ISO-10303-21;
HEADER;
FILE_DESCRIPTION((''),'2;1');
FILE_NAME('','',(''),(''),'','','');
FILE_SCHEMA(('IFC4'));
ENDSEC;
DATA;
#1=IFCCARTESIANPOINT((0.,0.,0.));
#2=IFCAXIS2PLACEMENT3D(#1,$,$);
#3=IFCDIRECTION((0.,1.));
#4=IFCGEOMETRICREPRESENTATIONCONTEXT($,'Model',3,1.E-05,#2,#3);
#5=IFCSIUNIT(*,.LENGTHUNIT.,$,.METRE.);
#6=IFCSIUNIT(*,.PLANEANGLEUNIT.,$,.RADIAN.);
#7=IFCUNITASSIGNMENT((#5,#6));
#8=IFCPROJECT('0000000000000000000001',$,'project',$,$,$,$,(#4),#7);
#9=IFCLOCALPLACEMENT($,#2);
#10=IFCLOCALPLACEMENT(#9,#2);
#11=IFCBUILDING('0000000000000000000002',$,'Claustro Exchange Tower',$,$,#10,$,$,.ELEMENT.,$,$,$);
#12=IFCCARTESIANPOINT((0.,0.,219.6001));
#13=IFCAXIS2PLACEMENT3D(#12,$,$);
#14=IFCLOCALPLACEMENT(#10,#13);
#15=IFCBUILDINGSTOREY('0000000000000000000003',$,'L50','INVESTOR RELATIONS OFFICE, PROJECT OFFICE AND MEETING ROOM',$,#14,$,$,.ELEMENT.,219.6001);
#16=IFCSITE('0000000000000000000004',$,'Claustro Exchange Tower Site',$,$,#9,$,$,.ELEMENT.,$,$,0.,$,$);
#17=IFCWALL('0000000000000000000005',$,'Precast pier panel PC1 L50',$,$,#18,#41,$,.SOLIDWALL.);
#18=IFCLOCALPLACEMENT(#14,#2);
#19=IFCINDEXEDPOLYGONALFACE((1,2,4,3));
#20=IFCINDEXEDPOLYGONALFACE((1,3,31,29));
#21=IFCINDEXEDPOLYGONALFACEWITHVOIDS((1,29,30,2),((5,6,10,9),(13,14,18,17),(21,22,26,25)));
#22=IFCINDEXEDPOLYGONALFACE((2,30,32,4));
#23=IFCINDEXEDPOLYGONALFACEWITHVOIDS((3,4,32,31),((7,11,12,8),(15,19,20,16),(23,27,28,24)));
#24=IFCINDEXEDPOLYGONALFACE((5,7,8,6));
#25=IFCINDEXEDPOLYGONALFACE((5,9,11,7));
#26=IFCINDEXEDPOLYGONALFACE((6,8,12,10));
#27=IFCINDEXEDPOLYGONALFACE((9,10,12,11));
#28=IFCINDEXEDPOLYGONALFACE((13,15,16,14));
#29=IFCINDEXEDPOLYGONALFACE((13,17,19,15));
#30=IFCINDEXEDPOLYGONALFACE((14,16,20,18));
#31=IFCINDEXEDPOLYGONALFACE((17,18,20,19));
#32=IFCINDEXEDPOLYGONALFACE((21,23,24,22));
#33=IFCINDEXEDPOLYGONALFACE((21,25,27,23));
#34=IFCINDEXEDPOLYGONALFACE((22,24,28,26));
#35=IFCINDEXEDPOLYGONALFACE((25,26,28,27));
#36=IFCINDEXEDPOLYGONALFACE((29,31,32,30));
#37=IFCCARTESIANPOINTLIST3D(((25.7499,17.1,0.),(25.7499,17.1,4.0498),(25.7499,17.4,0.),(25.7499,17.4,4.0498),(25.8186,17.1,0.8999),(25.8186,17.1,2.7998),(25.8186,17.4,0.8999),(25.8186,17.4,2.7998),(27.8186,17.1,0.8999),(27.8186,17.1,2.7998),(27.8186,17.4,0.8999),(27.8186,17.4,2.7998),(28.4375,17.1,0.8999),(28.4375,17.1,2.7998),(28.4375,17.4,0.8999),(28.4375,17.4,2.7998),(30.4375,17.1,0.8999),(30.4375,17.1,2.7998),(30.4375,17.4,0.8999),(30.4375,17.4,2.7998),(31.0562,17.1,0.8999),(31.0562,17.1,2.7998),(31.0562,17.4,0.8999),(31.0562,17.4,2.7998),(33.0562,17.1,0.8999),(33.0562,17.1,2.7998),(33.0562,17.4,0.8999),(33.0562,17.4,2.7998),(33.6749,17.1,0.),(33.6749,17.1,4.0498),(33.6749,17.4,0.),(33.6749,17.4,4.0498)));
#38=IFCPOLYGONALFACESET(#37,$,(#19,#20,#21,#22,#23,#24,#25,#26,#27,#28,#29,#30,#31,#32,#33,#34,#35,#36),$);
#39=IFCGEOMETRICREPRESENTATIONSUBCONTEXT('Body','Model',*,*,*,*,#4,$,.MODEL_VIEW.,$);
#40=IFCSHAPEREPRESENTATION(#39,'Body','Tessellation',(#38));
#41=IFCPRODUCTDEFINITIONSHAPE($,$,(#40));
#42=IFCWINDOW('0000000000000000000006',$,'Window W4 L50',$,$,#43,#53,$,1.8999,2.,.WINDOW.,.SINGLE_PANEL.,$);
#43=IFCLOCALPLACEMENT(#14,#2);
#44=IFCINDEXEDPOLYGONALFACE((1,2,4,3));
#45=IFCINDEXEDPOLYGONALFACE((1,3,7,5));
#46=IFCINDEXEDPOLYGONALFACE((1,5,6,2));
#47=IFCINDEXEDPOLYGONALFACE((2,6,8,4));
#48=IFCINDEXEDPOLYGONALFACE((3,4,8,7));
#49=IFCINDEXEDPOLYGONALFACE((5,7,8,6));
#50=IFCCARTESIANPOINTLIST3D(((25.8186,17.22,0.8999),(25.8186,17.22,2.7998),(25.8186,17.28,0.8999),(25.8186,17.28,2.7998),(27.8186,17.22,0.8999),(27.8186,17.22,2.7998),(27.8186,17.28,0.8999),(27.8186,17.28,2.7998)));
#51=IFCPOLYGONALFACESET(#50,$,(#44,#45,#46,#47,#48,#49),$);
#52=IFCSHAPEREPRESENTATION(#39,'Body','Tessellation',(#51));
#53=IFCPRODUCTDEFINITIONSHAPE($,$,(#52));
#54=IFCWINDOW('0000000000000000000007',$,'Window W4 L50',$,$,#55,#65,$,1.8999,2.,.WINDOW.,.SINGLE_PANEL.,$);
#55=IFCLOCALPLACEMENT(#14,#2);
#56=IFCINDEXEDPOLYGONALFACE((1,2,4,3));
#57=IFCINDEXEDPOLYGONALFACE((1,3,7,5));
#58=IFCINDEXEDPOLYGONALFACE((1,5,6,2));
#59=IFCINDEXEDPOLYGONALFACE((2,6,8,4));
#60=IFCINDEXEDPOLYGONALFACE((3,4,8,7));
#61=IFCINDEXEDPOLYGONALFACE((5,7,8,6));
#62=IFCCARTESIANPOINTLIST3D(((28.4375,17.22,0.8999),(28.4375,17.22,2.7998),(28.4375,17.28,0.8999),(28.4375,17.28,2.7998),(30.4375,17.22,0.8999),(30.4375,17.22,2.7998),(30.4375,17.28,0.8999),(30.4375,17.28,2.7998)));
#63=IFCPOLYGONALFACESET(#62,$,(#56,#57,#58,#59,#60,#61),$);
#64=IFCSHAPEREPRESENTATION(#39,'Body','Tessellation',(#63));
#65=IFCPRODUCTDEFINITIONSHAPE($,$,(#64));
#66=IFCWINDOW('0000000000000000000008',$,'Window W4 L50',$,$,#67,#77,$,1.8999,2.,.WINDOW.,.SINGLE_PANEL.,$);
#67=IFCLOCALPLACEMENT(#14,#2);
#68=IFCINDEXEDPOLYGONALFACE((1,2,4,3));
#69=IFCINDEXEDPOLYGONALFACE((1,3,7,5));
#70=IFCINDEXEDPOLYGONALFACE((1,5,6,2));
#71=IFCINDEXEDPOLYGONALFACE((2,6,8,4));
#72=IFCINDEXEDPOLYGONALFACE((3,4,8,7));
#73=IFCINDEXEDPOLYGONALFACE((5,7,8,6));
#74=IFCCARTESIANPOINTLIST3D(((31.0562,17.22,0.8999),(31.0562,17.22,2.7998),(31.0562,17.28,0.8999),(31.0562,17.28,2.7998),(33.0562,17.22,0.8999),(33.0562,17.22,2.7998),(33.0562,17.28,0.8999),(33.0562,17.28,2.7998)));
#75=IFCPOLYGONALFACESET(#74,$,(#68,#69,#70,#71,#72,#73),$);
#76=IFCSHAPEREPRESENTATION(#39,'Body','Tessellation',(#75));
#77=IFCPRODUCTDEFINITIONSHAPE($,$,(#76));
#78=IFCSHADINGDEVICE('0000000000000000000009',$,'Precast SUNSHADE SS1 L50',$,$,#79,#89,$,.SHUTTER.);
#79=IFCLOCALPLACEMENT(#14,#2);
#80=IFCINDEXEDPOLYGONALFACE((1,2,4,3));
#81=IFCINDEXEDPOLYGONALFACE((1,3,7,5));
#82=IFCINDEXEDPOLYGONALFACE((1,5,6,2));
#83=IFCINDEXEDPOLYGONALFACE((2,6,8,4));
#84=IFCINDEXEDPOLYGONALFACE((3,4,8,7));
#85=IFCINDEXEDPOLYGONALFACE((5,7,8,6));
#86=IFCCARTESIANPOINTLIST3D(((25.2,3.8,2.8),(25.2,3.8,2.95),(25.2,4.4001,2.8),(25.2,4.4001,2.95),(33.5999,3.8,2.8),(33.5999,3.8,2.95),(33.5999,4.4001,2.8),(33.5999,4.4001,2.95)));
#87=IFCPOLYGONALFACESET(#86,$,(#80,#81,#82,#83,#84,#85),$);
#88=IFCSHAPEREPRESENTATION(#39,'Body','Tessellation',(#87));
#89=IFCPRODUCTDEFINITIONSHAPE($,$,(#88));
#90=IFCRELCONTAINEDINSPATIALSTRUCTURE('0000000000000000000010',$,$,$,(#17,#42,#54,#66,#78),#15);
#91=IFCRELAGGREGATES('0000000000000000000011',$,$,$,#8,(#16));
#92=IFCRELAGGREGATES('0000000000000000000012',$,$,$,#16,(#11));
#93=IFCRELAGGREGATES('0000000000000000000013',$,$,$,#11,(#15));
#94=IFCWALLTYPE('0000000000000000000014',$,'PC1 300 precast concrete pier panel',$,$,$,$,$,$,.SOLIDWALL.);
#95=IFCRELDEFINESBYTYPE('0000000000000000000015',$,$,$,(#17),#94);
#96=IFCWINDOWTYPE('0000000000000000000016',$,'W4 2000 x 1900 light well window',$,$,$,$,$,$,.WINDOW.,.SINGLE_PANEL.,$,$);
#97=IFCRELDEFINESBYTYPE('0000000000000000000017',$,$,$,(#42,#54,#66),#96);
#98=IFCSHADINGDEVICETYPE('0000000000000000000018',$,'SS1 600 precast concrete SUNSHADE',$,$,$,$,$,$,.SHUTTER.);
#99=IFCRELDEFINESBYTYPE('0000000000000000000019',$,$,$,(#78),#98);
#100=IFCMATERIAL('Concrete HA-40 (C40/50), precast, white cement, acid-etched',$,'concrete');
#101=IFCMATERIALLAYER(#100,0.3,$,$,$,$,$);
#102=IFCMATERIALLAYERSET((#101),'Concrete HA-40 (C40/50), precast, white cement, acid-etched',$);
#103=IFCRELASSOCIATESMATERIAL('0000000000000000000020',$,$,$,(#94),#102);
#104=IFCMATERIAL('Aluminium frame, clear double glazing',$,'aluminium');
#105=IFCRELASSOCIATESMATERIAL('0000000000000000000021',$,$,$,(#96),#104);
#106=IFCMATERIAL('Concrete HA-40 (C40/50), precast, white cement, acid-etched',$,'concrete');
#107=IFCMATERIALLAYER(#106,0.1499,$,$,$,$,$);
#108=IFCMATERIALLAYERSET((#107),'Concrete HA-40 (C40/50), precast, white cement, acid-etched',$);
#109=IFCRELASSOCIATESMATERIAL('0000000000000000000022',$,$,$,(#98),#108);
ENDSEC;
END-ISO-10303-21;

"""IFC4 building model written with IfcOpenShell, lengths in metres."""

from ifc_helpers import new_model, si_unit, direction, frame, frame_2d, origin, origin_2d, place, context, subcontext, project, spatial, rectangle, extrude, material, layer, layer_set, type_object, element, fill, save


model = new_model("IFC4")

# Units and contexts
model_context = context("Model", 3, precision=1e-05, world=origin(), true_north=direction((0.0, 1.0)))
body_context = subcontext(model_context, "Body", "Model", "MODEL_VIEW")
ifc_project = project(units=[si_unit("LENGTHUNIT", "METRE"), si_unit("PLANEANGLEUNIT", "RADIAN")], contexts=[model_context])

# Site, building, storey
site_placement = place(None, origin())
site = spatial("IfcSite", under=ifc_project, at=site_placement, Name="Claustro Exchange Tower Site", CompositionType="ELEMENT", RefElevation=0.0)
building_placement = place(site_placement, origin())
building = spatial("IfcBuilding", under=site, at=building_placement, Name="Claustro Exchange Tower", CompositionType="ELEMENT")
storey_placement = place(building_placement, frame((0.0, 0.0, 219.6001)))
storey = spatial("IfcBuildingStorey", under=building, at=storey_placement, Name="L50", Description="INVESTOR RELATIONS OFFICE, PROJECT OFFICE AND MEETING ROOM", CompositionType="ELEMENT", Elevation=219.6001)

# Wall, openings, windows
ifc_material_1 = material(Name="Concrete HA-40 (C40/50), precast, white cement, acid-etched", Category="concrete")
ifc_layer_1 = layer(ifc_material_1, 0.3)
ifc_layer_set_1 = layer_set([ifc_layer_1], Name="Concrete HA-40 (C40/50), precast, white cement, acid-etched")
wall_type_1 = type_object("IfcWallType", Name="PC1 300 precast concrete pier panel", PredefinedType="SOLIDWALL", material=ifc_layer_set_1)
ifc_material_2 = material(Name="Aluminium frame, clear double glazing", Category="aluminium")
window_type_1 = type_object("IfcWindowType", Name="W4 2000 x 1900 light well window", PartitioningType="SINGLE_PANEL", PredefinedType="WINDOW", material=ifc_material_2)
wall_1_placement = place(storey_placement, frame((25.75, 17.25, 0.0), z_axis=(0.0, 0.0, 1.0), x_axis=(1.0, 0.0, 0.0)))
wall_1 = element("IfcWall", 1, at=wall_1_placement, inside=storey, type_object=wall_type_1, Name="Precast pier panel PC1 L50", PredefinedType="SOLIDWALL", context=body_context, shape_type="SweptSolid", body=[
    extrude(rectangle(XDim=7.925, YDim=0.3, at=frame_2d((3.9624, 0.0))), origin(), (0.0, 0.0, 1.0), 4.0498),
])
opening_1_placement = place(wall_1_placement, frame((0.0686, 0.0, 0.8999)))
opening_1 = element("IfcOpeningElement", 2, at=opening_1_placement, cuts=wall_1, PredefinedType="OPENING", context=body_context, shape_type="SweptSolid", body=[
    extrude(rectangle(XDim=2.0, YDim=1.8999, at=frame_2d((1.0, 0.95))), frame((0.0, 0.1599, 0.0), z_axis=(0.0, -1.0, 0.0), x_axis=(1.0, 0.0, 0.0)), (0.0, 0.0, 1.0), 0.3201),
])
opening_2_placement = place(wall_1_placement, frame((2.6875, 0.0, 0.8999)))
opening_2 = element("IfcOpeningElement", 3, at=opening_2_placement, cuts=wall_1, PredefinedType="OPENING", context=body_context, shape_type="SweptSolid", body=[
    extrude(rectangle(XDim=2.0, YDim=1.8999, at=frame_2d((1.0, 0.95))), frame((0.0, 0.1599, 0.0), z_axis=(0.0, -1.0, 0.0), x_axis=(1.0, 0.0, 0.0)), (0.0, 0.0, 1.0), 0.3201),
])
opening_3_placement = place(wall_1_placement, frame((5.3062, 0.0, 0.8999)))
opening_3 = element("IfcOpeningElement", 4, at=opening_3_placement, cuts=wall_1, PredefinedType="OPENING", context=body_context, shape_type="SweptSolid", body=[
    extrude(rectangle(XDim=2.0, YDim=1.8999, at=frame_2d((1.0, 0.95))), frame((0.0, 0.1599, 0.0), z_axis=(0.0, -1.0, 0.0), x_axis=(1.0, 0.0, 0.0)), (0.0, 0.0, 1.0), 0.3201),
])
window_1_placement = place(opening_1_placement, origin())
window_1 = element("IfcWindow", 5, at=window_1_placement, inside=storey, type_object=window_type_1, Name="Window W4 L50", OverallHeight=1.8999, OverallWidth=2.0, PartitioningType="SINGLE_PANEL", PredefinedType="WINDOW", context=body_context, shape_type="SweptSolid", body=[
    extrude(rectangle(XDim=2.0, YDim=1.8999, at=frame_2d((1.0, 0.95))), frame((0.0, 0.03, 0.0), z_axis=(0.0, -1.0, 0.0), x_axis=(1.0, 0.0, 0.0)), (0.0, 0.0, 1.0), 0.0601),
])
fill(opening_1, window_1)
window_2_placement = place(opening_2_placement, origin())
window_2 = element("IfcWindow", 6, at=window_2_placement, inside=storey, type_object=window_type_1, Name="Window W4 L50", OverallHeight=1.8999, OverallWidth=2.0, PartitioningType="SINGLE_PANEL", PredefinedType="WINDOW", context=body_context, shape_type="SweptSolid", body=[
    extrude(rectangle(XDim=2.0, YDim=1.8999, at=frame_2d((1.0, 0.95))), frame((0.0, 0.03, 0.0), z_axis=(0.0, -1.0, 0.0), x_axis=(1.0, 0.0, 0.0)), (0.0, 0.0, 1.0), 0.0601),
])
fill(opening_2, window_2)
window_3_placement = place(opening_3_placement, origin())
window_3 = element("IfcWindow", 7, at=window_3_placement, inside=storey, type_object=window_type_1, Name="Window W4 L50", OverallHeight=1.8999, OverallWidth=2.0, PartitioningType="SINGLE_PANEL", PredefinedType="WINDOW", context=body_context, shape_type="SweptSolid", body=[
    extrude(rectangle(XDim=2.0, YDim=1.8999, at=frame_2d((1.0, 0.95))), frame((0.0, 0.03, 0.0), z_axis=(0.0, -1.0, 0.0), x_axis=(1.0, 0.0, 0.0)), (0.0, 0.0, 1.0), 0.0601),
])
fill(opening_3, window_3)

# Shading device
ifc_material_3 = material(Name="Concrete HA-40 (C40/50), precast, white cement, acid-etched", Category="concrete")
ifc_layer_2 = layer(ifc_material_3, 0.1499)
ifc_layer_set_2 = layer_set([ifc_layer_2], Name="Concrete HA-40 (C40/50), precast, white cement, acid-etched")
shading_device_type = type_object("IfcShadingDeviceType", Name="SS1 600 precast concrete SUNSHADE", PredefinedType="SHUTTER", material=ifc_layer_set_2)
shading_device_placement = place(storey_placement, frame((29.3999, 4.1001, 2.8), z_axis=(0.0, 0.0, 1.0), x_axis=(-1.0, 0.0, 0.0)))
element("IfcShadingDevice", 8, at=shading_device_placement, inside=storey, type_object=shading_device_type, Name="Precast SUNSHADE SS1 L50", PredefinedType="SHUTTER", context=body_context, shape_type="SweptSolid", body=[
    extrude(rectangle(XDim=8.3999, YDim=0.6001, at=origin_2d()), origin(), (0.0, 0.0, 1.0), 0.1499),
])

save(model, "model.ifc")
